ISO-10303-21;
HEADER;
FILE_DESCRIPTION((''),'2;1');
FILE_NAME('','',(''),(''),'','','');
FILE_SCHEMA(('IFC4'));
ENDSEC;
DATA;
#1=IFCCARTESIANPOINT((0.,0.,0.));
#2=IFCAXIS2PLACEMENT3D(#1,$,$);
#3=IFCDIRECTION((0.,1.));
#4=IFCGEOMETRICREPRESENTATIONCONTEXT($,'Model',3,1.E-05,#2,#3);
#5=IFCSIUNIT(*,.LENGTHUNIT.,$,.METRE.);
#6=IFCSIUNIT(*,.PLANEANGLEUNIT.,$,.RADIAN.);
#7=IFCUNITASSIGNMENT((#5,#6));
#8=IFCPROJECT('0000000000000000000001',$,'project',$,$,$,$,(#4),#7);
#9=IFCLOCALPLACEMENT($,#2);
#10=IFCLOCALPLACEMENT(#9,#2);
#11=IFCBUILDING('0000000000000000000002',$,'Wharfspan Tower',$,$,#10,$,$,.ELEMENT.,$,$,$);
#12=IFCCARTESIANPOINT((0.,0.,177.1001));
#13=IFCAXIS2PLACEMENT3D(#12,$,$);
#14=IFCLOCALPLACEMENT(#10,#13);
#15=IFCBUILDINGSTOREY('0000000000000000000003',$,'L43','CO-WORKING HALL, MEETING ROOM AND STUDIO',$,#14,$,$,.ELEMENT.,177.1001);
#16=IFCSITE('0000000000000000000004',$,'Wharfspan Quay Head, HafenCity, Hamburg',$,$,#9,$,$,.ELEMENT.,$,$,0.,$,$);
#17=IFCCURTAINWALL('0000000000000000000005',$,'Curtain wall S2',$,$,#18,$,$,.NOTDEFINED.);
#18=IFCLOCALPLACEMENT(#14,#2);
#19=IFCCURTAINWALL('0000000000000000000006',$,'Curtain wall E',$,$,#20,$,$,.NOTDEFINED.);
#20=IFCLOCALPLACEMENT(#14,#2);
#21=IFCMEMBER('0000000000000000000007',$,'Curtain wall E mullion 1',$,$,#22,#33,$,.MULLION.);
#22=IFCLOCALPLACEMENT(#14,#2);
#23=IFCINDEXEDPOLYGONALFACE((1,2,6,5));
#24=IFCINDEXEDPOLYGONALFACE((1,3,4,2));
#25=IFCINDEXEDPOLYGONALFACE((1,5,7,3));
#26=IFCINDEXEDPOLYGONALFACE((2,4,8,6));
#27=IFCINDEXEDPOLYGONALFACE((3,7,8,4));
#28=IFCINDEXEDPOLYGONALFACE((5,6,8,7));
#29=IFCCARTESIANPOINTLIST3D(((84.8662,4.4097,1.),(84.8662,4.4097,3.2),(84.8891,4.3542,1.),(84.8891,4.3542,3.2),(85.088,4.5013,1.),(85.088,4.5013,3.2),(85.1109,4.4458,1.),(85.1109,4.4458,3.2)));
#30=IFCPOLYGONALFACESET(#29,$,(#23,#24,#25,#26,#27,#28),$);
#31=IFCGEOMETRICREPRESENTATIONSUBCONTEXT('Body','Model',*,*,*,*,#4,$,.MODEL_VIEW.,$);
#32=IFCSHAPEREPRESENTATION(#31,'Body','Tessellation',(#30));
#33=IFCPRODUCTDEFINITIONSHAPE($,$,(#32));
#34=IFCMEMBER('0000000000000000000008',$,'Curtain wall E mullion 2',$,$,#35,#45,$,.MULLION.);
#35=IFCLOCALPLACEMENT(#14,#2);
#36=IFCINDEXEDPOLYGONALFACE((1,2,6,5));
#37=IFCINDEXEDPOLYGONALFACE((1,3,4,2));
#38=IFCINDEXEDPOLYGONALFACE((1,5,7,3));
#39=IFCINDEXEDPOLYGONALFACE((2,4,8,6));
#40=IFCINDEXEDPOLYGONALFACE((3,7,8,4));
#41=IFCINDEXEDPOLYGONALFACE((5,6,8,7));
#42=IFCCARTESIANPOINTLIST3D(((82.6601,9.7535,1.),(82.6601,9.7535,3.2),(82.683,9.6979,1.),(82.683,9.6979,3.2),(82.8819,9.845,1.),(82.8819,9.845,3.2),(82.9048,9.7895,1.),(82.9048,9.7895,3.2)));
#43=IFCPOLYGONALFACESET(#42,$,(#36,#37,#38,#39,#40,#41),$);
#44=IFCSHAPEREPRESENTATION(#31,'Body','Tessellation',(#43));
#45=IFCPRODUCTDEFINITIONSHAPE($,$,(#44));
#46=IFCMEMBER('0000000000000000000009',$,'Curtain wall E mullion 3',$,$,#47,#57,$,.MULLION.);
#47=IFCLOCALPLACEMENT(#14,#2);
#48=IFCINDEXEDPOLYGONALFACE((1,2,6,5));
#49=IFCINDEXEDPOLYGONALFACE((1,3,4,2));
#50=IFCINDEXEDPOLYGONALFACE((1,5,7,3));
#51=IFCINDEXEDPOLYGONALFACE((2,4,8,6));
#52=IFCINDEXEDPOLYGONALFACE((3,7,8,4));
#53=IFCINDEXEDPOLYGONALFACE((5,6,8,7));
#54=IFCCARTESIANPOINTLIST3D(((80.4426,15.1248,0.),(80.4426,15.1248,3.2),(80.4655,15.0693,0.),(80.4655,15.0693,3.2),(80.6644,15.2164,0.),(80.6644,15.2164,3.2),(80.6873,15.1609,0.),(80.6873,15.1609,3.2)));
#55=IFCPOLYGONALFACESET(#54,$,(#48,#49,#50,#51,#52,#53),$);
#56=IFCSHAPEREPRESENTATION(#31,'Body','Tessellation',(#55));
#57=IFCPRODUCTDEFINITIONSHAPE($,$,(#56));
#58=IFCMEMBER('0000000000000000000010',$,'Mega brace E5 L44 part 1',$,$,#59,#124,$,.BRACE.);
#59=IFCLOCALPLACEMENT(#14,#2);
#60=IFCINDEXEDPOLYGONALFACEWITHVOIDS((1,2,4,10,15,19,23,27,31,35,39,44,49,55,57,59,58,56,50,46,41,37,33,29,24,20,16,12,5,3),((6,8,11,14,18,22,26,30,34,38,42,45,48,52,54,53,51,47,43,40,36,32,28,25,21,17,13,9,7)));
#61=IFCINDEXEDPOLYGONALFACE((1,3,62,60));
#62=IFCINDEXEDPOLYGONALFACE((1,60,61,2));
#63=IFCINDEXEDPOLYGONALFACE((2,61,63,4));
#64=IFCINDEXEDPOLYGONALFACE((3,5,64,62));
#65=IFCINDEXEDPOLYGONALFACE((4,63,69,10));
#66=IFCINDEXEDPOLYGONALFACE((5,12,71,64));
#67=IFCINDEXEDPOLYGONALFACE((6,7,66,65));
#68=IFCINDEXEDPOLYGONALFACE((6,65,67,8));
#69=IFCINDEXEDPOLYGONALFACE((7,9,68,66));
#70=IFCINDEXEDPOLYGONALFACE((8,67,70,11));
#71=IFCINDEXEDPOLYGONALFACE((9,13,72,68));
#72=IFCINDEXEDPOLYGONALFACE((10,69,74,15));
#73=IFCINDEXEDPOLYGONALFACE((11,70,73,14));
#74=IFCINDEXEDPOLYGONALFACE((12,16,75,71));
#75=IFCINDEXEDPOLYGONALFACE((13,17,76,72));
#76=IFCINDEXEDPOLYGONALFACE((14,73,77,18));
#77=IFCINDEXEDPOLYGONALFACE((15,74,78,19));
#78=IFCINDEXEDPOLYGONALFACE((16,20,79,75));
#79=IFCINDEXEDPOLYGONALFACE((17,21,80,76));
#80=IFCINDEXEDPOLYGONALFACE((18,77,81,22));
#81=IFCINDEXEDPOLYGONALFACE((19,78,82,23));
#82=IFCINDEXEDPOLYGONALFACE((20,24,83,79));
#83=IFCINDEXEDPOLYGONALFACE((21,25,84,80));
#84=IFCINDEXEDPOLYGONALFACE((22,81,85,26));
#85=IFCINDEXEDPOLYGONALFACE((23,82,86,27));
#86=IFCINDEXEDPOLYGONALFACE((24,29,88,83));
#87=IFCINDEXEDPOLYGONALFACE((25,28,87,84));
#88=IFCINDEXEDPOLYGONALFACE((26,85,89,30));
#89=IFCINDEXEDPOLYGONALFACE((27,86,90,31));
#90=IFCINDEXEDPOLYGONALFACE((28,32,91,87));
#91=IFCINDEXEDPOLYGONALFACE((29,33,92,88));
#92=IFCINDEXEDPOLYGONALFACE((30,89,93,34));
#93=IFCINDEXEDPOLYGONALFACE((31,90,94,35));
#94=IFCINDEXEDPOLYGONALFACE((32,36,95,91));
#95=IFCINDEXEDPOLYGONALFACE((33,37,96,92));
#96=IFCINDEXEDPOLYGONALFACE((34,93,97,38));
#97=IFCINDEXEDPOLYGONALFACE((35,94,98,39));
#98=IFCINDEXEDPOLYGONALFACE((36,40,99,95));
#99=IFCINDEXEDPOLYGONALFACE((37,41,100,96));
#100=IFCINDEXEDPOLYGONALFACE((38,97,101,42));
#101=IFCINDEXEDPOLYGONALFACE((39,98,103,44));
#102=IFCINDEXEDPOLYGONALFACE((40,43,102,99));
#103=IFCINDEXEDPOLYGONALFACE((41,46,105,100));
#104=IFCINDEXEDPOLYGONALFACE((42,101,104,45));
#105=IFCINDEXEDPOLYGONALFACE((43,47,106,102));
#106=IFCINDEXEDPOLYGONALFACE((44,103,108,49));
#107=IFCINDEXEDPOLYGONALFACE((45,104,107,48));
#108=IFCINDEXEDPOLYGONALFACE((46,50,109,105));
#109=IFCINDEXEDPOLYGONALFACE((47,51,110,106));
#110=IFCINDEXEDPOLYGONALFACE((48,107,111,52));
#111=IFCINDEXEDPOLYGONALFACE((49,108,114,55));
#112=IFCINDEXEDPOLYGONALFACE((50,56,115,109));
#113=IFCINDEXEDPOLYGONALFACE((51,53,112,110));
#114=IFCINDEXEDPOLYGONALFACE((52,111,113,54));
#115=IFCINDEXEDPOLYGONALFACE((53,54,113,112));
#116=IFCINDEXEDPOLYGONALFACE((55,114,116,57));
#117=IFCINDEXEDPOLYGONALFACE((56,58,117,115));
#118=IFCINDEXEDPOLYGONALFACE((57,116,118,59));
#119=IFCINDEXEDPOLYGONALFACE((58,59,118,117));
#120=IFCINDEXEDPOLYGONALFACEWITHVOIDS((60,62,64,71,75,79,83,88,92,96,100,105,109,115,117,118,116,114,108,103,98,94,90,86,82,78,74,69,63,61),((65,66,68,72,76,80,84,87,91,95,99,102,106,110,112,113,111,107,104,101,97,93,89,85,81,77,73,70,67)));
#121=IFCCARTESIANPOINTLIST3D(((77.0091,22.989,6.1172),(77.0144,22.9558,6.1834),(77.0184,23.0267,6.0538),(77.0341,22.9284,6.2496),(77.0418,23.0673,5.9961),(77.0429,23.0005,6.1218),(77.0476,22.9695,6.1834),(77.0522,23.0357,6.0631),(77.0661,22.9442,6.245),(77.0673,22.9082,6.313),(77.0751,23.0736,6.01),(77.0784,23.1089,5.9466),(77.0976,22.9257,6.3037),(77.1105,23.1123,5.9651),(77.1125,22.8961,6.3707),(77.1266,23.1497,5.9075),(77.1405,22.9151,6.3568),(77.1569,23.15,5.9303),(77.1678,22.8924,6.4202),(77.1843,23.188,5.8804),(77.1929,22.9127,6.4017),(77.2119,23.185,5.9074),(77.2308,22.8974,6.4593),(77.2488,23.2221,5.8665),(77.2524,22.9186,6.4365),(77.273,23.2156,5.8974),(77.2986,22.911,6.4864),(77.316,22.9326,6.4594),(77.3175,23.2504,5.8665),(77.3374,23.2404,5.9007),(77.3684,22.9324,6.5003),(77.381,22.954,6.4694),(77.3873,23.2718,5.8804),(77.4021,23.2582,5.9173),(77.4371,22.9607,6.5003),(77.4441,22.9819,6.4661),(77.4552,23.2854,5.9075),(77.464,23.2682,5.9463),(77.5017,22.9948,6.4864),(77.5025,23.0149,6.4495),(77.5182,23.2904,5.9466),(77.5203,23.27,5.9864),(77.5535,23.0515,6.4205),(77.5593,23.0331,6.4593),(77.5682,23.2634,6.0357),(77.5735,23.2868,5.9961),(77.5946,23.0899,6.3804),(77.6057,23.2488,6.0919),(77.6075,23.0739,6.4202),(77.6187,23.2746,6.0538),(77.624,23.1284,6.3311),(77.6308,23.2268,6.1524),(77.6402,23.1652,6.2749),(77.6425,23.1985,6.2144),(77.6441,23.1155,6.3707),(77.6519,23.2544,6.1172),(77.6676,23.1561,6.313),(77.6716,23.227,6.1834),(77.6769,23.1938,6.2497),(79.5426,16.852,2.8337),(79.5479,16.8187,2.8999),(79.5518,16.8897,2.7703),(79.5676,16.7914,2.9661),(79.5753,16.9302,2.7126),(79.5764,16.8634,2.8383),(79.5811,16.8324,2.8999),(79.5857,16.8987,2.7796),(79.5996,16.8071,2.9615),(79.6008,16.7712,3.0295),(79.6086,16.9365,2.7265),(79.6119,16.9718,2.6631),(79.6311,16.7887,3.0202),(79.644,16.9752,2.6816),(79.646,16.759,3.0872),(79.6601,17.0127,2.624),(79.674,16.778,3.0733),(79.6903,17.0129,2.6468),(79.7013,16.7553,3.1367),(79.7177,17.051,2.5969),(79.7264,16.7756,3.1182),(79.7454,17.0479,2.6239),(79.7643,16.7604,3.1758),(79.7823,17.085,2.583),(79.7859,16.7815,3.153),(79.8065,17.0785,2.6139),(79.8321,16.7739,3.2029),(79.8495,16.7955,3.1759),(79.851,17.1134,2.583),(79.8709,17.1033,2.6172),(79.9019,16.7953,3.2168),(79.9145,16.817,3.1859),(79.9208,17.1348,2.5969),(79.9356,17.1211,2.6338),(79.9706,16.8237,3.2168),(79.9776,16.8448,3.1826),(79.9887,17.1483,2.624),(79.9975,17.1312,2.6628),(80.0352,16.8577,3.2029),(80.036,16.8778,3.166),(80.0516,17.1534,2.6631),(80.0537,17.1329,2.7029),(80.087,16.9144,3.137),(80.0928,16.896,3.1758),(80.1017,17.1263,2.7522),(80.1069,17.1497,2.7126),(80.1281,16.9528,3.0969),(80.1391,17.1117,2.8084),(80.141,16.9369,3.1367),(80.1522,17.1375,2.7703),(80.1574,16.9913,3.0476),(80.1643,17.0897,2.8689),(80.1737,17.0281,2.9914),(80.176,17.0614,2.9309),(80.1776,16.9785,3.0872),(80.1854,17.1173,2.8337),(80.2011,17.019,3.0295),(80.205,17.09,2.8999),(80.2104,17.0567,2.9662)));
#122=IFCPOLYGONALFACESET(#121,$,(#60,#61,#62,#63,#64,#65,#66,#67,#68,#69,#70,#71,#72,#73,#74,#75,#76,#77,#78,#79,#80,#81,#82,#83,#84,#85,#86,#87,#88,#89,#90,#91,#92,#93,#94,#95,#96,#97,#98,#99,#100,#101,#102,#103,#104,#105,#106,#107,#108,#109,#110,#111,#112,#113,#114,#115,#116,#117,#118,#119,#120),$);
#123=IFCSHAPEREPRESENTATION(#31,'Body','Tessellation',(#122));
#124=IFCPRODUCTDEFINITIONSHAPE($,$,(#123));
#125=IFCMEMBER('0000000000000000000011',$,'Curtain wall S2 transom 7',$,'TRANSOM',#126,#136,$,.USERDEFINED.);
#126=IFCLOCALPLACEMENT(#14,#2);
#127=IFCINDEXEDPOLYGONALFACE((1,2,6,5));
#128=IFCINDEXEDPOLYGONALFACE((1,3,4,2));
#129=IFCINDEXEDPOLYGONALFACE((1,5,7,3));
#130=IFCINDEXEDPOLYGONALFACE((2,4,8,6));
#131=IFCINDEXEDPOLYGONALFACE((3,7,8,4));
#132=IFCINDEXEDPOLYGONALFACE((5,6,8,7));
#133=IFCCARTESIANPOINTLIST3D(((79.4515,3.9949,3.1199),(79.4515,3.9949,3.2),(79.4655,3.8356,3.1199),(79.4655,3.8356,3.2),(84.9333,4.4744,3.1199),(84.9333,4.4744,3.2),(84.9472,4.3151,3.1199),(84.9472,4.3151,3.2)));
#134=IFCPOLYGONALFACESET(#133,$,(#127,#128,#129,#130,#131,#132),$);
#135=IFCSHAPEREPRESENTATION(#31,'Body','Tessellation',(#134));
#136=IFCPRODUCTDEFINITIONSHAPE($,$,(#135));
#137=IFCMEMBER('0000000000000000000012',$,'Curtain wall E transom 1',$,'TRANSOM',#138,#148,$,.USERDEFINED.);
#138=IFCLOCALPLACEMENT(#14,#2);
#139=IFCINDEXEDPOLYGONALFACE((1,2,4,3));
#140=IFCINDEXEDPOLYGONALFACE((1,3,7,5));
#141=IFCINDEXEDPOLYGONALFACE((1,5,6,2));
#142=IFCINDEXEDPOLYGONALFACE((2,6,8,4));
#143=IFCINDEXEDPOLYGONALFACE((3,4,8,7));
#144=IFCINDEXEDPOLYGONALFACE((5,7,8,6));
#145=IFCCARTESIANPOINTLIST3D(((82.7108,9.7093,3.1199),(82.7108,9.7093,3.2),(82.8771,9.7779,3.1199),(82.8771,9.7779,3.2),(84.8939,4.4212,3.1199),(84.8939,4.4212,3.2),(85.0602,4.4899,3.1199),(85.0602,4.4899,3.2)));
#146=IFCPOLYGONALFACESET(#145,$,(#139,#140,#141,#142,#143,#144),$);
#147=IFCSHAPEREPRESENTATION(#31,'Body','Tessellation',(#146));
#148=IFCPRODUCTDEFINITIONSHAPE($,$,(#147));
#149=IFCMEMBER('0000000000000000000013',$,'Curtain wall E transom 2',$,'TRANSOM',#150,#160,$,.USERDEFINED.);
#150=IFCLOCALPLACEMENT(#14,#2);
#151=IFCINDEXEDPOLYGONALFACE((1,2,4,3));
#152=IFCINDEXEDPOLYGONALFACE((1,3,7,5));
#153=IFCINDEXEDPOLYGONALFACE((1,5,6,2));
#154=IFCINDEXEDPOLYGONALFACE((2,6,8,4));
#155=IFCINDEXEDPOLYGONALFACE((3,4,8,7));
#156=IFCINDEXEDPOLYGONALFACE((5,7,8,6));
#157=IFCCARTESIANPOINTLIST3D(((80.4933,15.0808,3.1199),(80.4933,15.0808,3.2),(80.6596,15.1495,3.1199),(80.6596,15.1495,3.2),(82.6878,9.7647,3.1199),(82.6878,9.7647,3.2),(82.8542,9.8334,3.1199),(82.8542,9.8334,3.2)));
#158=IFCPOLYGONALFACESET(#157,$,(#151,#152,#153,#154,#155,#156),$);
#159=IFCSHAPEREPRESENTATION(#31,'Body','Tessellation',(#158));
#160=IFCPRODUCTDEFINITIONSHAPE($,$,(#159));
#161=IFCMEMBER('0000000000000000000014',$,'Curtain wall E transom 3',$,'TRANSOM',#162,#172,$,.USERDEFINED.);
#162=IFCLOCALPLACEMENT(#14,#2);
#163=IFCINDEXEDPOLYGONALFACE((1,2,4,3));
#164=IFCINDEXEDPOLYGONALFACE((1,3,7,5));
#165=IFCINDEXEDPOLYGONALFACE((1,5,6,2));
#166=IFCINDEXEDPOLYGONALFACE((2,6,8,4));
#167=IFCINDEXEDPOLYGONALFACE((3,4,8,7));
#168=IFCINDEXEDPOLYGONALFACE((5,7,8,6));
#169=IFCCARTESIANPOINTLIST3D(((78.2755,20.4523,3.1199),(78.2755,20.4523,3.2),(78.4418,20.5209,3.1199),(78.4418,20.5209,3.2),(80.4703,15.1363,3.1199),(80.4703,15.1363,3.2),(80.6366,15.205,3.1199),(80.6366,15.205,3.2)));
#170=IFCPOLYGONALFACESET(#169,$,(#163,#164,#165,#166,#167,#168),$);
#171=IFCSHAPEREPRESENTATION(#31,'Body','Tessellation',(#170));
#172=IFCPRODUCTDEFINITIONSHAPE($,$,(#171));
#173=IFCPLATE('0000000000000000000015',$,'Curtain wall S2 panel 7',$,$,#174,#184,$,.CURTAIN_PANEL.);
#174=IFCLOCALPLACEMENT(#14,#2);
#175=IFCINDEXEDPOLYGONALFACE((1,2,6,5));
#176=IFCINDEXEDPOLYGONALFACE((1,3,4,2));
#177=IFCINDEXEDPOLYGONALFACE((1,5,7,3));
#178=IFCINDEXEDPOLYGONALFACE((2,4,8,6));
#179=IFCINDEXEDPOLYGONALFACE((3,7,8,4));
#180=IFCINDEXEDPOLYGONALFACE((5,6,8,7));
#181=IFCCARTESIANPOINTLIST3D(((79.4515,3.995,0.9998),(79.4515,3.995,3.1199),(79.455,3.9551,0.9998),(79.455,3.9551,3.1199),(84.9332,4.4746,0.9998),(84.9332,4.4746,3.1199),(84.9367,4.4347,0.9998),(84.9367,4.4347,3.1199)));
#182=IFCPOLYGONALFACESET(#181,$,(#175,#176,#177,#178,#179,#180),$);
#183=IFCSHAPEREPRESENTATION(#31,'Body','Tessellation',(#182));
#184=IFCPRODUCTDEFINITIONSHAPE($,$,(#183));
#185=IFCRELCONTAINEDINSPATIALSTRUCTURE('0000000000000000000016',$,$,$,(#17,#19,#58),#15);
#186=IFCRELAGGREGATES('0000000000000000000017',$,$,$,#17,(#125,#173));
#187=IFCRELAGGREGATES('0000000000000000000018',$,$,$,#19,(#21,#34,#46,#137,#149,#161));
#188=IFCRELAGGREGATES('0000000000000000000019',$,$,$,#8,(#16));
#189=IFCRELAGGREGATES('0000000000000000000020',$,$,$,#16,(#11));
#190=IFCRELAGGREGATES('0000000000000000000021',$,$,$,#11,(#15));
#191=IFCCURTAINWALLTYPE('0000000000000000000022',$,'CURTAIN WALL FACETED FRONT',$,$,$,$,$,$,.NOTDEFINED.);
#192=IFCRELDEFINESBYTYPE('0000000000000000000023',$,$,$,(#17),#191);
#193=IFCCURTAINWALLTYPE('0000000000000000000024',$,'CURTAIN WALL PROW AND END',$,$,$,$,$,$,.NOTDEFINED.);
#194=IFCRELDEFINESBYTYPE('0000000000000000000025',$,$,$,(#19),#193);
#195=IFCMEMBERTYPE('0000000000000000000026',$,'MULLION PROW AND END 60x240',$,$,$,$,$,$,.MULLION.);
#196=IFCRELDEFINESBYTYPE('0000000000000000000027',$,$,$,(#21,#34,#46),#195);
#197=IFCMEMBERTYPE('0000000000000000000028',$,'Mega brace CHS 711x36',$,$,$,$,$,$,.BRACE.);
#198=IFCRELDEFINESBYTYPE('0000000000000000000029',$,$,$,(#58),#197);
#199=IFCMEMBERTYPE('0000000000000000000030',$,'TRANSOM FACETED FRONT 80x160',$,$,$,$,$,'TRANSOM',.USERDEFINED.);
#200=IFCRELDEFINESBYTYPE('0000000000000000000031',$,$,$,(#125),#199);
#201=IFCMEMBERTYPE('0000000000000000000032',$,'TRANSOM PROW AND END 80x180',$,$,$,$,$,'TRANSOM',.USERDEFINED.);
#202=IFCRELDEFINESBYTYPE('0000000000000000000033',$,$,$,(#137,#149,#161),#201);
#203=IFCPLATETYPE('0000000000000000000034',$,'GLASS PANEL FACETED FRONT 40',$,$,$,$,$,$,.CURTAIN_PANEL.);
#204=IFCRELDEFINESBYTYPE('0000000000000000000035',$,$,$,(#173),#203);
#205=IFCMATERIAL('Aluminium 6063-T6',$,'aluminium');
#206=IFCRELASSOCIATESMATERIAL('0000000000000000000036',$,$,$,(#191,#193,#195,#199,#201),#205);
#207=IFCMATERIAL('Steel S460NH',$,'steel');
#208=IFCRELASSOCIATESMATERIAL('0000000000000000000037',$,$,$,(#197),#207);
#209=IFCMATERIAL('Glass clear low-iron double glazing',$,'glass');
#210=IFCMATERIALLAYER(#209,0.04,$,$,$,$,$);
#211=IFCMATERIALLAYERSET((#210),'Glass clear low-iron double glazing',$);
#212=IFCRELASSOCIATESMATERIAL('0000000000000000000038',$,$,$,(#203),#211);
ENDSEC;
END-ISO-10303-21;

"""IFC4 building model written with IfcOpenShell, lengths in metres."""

from ifc_helpers import new_model, si_unit, direction, frame, origin, origin_2d, place, context, subcontext, project, spatial, rectangle, hollow_circle, extrude, material, layer, layer_set, material_profile, profile_set, type_object, element, aggregate, save


model = new_model("IFC4")

# Units and contexts
model_context = context("Model", 3, precision=1e-05, world=origin(), true_north=direction((0.0, 1.0)))
body_context = subcontext(model_context, "Body", "Model", "MODEL_VIEW")
ifc_project = project(units=[si_unit("LENGTHUNIT", "METRE"), si_unit("PLANEANGLEUNIT", "RADIAN")], contexts=[model_context])

# Site, building, storey
site_placement = place(None, origin())
site = spatial("IfcSite", under=ifc_project, at=site_placement, Name="Wharfspan Quay Head, HafenCity, Hamburg", CompositionType="ELEMENT", RefElevation=0.0)
building_placement = place(site_placement, origin())
building = spatial("IfcBuilding", under=site, at=building_placement, Name="Wharfspan Tower", CompositionType="ELEMENT")
storey_placement = place(building_placement, frame((0.0, 0.0, 177.1001)))
storey = spatial("IfcBuildingStorey", under=building, at=storey_placement, Name="L43", Description="CO-WORKING HALL, MEETING ROOM AND STUDIO", CompositionType="ELEMENT", Elevation=177.1001)

# Curtain walls, members
ifc_material_1 = material(Name="Aluminium 6063-T6", Category="aluminium")
curtain_wall_type_1 = type_object("IfcCurtainWallType", Name="CURTAIN WALL FACETED FRONT", PredefinedType="NOTDEFINED", material=ifc_material_1)
curtain_wall_1_placement = place(storey_placement, origin())
curtain_wall_1 = element("IfcCurtainWall", 1, at=curtain_wall_1_placement, inside=storey, type_object=curtain_wall_type_1, Name="Curtain wall S2", PredefinedType="NOTDEFINED")
curtain_wall_type_2 = type_object("IfcCurtainWallType", Name="CURTAIN WALL PROW AND END", PredefinedType="NOTDEFINED", material=ifc_material_1)
curtain_wall_2_placement = place(storey_placement, origin())
curtain_wall_2 = element("IfcCurtainWall", 2, at=curtain_wall_2_placement, inside=storey, type_object=curtain_wall_type_2, Name="Curtain wall E", PredefinedType="NOTDEFINED")
ifc_material_profile_1 = material_profile(ifc_material_1, rectangle(XDim=0.24, YDim=0.0601, at=origin_2d()))
ifc_profile_set_1 = profile_set([ifc_material_profile_1], Name="Aluminium 6063-T6")
member_type_1 = type_object("IfcMemberType", Name="MULLION PROW AND END 60x240", PredefinedType="MULLION", material=ifc_profile_set_1)
member_1_placement = place(storey_placement, frame((84.9885, 4.4277, 1.0), z_axis=(0.0, 0.0, 1.0), x_axis=(-0.924325, -0.381602, 0.0)))
member_1 = element("IfcMember", 3, at=member_1_placement, type_object=member_type_1, Name="Curtain wall E mullion 1", PredefinedType="MULLION", context=body_context, shape_type="SweptSolid", body=[
    extrude(rectangle(XDim=0.24, YDim=0.0601, at=origin_2d()), origin(), (0.0, 0.0, 1.0), 2.2),
])
member_2_placement = place(storey_placement, frame((82.7825, 9.7715, 1.0), z_axis=(0.0, 0.0, 1.0), x_axis=(-0.924325, -0.381602, 0.0)))
member_2 = element("IfcMember", 4, at=member_2_placement, type_object=member_type_1, Name="Curtain wall E mullion 2", PredefinedType="MULLION", context=body_context, shape_type="SweptSolid", body=[
    extrude(rectangle(XDim=0.24, YDim=0.0601, at=origin_2d()), origin(), (0.0, 0.0, 1.0), 2.2),
])
member_3_placement = place(storey_placement, frame((80.5649, 15.1428, 0.0), z_axis=(0.0, 0.0, 1.0), x_axis=(-0.924325, -0.381602, 0.0)))
member_3 = element("IfcMember", 5, at=member_3_placement, type_object=member_type_1, Name="Curtain wall E mullion 3", PredefinedType="MULLION", context=body_context, shape_type="SweptSolid", body=[
    extrude(rectangle(XDim=0.24, YDim=0.0601, at=origin_2d()), origin(), (0.0, 0.0, 1.0), 3.2),
])

# Members
ifc_material_2 = material(Name="Steel S460NH", Category="steel")
ifc_material_profile_2 = material_profile(ifc_material_2, hollow_circle(Radius=0.3555, WallThickness=0.0359, at=origin_2d()))
ifc_profile_set_2 = profile_set([ifc_material_profile_2], Name="Steel S460NH")
member_type_2 = type_object("IfcMemberType", Name="Mega brace CHS 711x36", PredefinedType="BRACE", material=ifc_profile_set_2)
member_4_placement = place(storey_placement, frame((79.8765, 16.9543, 2.8999), z_axis=(-0.34204, 0.82855, 0.443298), x_axis=(-0.924336, -0.38158, -0.000004)))
element("IfcMember", 6, at=member_4_placement, inside=storey, type_object=member_type_2, Name="Mega brace E5 L44 part 1", PredefinedType="BRACE", context=body_context, shape_type="SweptSolid", body=[
    extrude(hollow_circle(Radius=0.3555, WallThickness=0.0359, at=origin_2d()), origin(), (0.0, 0.0, 1.0), 7.407),
])
ifc_material_profile_3 = material_profile(ifc_material_1, rectangle(XDim=0.1599, YDim=0.0801, at=origin_2d()))
ifc_profile_set_3 = profile_set([ifc_material_profile_3], Name="Aluminium 6063-T6")
member_type_3 = type_object("IfcMemberType", Name="TRANSOM FACETED FRONT 80x160", ElementType="TRANSOM", PredefinedType="USERDEFINED", material=ifc_profile_set_3)
member_5_placement = place(storey_placement, frame((79.4585, 3.9153, 3.1599), z_axis=(0.996196, 0.087139, 0.0), x_axis=(-0.087139, 0.996196, 0.0)))
member_5 = element("IfcMember", 7, at=member_5_placement, type_object=member_type_3, Name="Curtain wall S2 transom 7", ObjectType="TRANSOM", PredefinedType="USERDEFINED", context=body_context, shape_type="SweptSolid", body=[
    extrude(rectangle(XDim=0.1599, YDim=0.0801, at=origin_2d()), origin(), (0.0, 0.0, 1.0), 5.5027),
])
ifc_material_profile_4 = material_profile(ifc_material_1, rectangle(XDim=0.1799, YDim=0.0801, at=origin_2d()))
ifc_profile_set_4 = profile_set([ifc_material_profile_4], Name="Aluminium 6063-T6")
member_type_4 = type_object("IfcMemberType", Name="TRANSOM PROW AND END 80x180", ElementType="TRANSOM", PredefinedType="USERDEFINED", material=ifc_profile_set_4)
member_6_placement = place(storey_placement, frame((84.9771, 4.4556, 3.1599), z_axis=(-0.381595, 0.924329, 0.0), x_axis=(-0.924329, -0.381595, 0.0)))
member_6 = element("IfcMember", 8, at=member_6_placement, type_object=member_type_4, Name="Curtain wall E transom 1", ObjectType="TRANSOM", PredefinedType="USERDEFINED", context=body_context, shape_type="SweptSolid", body=[
    extrude(rectangle(XDim=0.1799, YDim=0.0801, at=origin_2d()), origin(), (0.0, 0.0, 1.0), 5.7209),
])
member_7_placement = place(storey_placement, frame((82.771, 9.7991, 3.1599), z_axis=(-0.381578, 0.924337, 0.0), x_axis=(-0.924337, -0.381578, 0.0)))
member_7 = element("IfcMember", 9, at=member_7_placement, type_object=member_type_4, Name="Curtain wall E transom 2", ObjectType="TRANSOM", PredefinedType="USERDEFINED", context=body_context, shape_type="SweptSolid", body=[
    extrude(rectangle(XDim=0.1799, YDim=0.0801, at=origin_2d()), origin(), (0.0, 0.0, 1.0), 5.7512),
])
member_8_placement = place(storey_placement, frame((80.5535, 15.1707, 3.1599), z_axis=(-0.381629, 0.924315, 0.0), x_axis=(-0.924315, -0.381629, 0.0)))
member_8 = element("IfcMember", 10, at=member_8_placement, type_object=member_type_4, Name="Curtain wall E transom 3", ObjectType="TRANSOM", PredefinedType="USERDEFINED", context=body_context, shape_type="SweptSolid", body=[
    extrude(rectangle(XDim=0.1799, YDim=0.0801, at=origin_2d()), origin(), (0.0, 0.0, 1.0), 5.7512),
])

# Plate
ifc_material_3 = material(Name="Glass clear low-iron double glazing", Category="glass")
ifc_layer_1 = layer(ifc_material_3, 0.04)
ifc_layer_set_1 = layer_set([ifc_layer_1], Name="Glass clear low-iron double glazing")
plate_type_1 = type_object("IfcPlateType", Name="GLASS PANEL FACETED FRONT 40", PredefinedType="CURTAIN_PANEL", material=ifc_layer_set_1)
plate_1_placement = place(storey_placement, frame((82.1941, 4.2148, 0.9998), z_axis=(0.0, 0.0, 1.0), x_axis=(0.996198, 0.087156, 0.0)))
plate_1 = element("IfcPlate", 11, at=plate_1_placement, type_object=plate_type_1, Name="Curtain wall S2 panel 7", PredefinedType="CURTAIN_PANEL", context=body_context, shape_type="SweptSolid", body=[
    extrude(rectangle(XDim=5.5027, YDim=0.04, at=origin_2d()), origin(), (0.0, 0.0, 1.0), 2.1201),
])
aggregate(curtain_wall_1, [member_5, plate_1])
aggregate(curtain_wall_2, [member_1, member_2, member_3, member_6, member_7, member_8])

save(model, "model.ifc")
